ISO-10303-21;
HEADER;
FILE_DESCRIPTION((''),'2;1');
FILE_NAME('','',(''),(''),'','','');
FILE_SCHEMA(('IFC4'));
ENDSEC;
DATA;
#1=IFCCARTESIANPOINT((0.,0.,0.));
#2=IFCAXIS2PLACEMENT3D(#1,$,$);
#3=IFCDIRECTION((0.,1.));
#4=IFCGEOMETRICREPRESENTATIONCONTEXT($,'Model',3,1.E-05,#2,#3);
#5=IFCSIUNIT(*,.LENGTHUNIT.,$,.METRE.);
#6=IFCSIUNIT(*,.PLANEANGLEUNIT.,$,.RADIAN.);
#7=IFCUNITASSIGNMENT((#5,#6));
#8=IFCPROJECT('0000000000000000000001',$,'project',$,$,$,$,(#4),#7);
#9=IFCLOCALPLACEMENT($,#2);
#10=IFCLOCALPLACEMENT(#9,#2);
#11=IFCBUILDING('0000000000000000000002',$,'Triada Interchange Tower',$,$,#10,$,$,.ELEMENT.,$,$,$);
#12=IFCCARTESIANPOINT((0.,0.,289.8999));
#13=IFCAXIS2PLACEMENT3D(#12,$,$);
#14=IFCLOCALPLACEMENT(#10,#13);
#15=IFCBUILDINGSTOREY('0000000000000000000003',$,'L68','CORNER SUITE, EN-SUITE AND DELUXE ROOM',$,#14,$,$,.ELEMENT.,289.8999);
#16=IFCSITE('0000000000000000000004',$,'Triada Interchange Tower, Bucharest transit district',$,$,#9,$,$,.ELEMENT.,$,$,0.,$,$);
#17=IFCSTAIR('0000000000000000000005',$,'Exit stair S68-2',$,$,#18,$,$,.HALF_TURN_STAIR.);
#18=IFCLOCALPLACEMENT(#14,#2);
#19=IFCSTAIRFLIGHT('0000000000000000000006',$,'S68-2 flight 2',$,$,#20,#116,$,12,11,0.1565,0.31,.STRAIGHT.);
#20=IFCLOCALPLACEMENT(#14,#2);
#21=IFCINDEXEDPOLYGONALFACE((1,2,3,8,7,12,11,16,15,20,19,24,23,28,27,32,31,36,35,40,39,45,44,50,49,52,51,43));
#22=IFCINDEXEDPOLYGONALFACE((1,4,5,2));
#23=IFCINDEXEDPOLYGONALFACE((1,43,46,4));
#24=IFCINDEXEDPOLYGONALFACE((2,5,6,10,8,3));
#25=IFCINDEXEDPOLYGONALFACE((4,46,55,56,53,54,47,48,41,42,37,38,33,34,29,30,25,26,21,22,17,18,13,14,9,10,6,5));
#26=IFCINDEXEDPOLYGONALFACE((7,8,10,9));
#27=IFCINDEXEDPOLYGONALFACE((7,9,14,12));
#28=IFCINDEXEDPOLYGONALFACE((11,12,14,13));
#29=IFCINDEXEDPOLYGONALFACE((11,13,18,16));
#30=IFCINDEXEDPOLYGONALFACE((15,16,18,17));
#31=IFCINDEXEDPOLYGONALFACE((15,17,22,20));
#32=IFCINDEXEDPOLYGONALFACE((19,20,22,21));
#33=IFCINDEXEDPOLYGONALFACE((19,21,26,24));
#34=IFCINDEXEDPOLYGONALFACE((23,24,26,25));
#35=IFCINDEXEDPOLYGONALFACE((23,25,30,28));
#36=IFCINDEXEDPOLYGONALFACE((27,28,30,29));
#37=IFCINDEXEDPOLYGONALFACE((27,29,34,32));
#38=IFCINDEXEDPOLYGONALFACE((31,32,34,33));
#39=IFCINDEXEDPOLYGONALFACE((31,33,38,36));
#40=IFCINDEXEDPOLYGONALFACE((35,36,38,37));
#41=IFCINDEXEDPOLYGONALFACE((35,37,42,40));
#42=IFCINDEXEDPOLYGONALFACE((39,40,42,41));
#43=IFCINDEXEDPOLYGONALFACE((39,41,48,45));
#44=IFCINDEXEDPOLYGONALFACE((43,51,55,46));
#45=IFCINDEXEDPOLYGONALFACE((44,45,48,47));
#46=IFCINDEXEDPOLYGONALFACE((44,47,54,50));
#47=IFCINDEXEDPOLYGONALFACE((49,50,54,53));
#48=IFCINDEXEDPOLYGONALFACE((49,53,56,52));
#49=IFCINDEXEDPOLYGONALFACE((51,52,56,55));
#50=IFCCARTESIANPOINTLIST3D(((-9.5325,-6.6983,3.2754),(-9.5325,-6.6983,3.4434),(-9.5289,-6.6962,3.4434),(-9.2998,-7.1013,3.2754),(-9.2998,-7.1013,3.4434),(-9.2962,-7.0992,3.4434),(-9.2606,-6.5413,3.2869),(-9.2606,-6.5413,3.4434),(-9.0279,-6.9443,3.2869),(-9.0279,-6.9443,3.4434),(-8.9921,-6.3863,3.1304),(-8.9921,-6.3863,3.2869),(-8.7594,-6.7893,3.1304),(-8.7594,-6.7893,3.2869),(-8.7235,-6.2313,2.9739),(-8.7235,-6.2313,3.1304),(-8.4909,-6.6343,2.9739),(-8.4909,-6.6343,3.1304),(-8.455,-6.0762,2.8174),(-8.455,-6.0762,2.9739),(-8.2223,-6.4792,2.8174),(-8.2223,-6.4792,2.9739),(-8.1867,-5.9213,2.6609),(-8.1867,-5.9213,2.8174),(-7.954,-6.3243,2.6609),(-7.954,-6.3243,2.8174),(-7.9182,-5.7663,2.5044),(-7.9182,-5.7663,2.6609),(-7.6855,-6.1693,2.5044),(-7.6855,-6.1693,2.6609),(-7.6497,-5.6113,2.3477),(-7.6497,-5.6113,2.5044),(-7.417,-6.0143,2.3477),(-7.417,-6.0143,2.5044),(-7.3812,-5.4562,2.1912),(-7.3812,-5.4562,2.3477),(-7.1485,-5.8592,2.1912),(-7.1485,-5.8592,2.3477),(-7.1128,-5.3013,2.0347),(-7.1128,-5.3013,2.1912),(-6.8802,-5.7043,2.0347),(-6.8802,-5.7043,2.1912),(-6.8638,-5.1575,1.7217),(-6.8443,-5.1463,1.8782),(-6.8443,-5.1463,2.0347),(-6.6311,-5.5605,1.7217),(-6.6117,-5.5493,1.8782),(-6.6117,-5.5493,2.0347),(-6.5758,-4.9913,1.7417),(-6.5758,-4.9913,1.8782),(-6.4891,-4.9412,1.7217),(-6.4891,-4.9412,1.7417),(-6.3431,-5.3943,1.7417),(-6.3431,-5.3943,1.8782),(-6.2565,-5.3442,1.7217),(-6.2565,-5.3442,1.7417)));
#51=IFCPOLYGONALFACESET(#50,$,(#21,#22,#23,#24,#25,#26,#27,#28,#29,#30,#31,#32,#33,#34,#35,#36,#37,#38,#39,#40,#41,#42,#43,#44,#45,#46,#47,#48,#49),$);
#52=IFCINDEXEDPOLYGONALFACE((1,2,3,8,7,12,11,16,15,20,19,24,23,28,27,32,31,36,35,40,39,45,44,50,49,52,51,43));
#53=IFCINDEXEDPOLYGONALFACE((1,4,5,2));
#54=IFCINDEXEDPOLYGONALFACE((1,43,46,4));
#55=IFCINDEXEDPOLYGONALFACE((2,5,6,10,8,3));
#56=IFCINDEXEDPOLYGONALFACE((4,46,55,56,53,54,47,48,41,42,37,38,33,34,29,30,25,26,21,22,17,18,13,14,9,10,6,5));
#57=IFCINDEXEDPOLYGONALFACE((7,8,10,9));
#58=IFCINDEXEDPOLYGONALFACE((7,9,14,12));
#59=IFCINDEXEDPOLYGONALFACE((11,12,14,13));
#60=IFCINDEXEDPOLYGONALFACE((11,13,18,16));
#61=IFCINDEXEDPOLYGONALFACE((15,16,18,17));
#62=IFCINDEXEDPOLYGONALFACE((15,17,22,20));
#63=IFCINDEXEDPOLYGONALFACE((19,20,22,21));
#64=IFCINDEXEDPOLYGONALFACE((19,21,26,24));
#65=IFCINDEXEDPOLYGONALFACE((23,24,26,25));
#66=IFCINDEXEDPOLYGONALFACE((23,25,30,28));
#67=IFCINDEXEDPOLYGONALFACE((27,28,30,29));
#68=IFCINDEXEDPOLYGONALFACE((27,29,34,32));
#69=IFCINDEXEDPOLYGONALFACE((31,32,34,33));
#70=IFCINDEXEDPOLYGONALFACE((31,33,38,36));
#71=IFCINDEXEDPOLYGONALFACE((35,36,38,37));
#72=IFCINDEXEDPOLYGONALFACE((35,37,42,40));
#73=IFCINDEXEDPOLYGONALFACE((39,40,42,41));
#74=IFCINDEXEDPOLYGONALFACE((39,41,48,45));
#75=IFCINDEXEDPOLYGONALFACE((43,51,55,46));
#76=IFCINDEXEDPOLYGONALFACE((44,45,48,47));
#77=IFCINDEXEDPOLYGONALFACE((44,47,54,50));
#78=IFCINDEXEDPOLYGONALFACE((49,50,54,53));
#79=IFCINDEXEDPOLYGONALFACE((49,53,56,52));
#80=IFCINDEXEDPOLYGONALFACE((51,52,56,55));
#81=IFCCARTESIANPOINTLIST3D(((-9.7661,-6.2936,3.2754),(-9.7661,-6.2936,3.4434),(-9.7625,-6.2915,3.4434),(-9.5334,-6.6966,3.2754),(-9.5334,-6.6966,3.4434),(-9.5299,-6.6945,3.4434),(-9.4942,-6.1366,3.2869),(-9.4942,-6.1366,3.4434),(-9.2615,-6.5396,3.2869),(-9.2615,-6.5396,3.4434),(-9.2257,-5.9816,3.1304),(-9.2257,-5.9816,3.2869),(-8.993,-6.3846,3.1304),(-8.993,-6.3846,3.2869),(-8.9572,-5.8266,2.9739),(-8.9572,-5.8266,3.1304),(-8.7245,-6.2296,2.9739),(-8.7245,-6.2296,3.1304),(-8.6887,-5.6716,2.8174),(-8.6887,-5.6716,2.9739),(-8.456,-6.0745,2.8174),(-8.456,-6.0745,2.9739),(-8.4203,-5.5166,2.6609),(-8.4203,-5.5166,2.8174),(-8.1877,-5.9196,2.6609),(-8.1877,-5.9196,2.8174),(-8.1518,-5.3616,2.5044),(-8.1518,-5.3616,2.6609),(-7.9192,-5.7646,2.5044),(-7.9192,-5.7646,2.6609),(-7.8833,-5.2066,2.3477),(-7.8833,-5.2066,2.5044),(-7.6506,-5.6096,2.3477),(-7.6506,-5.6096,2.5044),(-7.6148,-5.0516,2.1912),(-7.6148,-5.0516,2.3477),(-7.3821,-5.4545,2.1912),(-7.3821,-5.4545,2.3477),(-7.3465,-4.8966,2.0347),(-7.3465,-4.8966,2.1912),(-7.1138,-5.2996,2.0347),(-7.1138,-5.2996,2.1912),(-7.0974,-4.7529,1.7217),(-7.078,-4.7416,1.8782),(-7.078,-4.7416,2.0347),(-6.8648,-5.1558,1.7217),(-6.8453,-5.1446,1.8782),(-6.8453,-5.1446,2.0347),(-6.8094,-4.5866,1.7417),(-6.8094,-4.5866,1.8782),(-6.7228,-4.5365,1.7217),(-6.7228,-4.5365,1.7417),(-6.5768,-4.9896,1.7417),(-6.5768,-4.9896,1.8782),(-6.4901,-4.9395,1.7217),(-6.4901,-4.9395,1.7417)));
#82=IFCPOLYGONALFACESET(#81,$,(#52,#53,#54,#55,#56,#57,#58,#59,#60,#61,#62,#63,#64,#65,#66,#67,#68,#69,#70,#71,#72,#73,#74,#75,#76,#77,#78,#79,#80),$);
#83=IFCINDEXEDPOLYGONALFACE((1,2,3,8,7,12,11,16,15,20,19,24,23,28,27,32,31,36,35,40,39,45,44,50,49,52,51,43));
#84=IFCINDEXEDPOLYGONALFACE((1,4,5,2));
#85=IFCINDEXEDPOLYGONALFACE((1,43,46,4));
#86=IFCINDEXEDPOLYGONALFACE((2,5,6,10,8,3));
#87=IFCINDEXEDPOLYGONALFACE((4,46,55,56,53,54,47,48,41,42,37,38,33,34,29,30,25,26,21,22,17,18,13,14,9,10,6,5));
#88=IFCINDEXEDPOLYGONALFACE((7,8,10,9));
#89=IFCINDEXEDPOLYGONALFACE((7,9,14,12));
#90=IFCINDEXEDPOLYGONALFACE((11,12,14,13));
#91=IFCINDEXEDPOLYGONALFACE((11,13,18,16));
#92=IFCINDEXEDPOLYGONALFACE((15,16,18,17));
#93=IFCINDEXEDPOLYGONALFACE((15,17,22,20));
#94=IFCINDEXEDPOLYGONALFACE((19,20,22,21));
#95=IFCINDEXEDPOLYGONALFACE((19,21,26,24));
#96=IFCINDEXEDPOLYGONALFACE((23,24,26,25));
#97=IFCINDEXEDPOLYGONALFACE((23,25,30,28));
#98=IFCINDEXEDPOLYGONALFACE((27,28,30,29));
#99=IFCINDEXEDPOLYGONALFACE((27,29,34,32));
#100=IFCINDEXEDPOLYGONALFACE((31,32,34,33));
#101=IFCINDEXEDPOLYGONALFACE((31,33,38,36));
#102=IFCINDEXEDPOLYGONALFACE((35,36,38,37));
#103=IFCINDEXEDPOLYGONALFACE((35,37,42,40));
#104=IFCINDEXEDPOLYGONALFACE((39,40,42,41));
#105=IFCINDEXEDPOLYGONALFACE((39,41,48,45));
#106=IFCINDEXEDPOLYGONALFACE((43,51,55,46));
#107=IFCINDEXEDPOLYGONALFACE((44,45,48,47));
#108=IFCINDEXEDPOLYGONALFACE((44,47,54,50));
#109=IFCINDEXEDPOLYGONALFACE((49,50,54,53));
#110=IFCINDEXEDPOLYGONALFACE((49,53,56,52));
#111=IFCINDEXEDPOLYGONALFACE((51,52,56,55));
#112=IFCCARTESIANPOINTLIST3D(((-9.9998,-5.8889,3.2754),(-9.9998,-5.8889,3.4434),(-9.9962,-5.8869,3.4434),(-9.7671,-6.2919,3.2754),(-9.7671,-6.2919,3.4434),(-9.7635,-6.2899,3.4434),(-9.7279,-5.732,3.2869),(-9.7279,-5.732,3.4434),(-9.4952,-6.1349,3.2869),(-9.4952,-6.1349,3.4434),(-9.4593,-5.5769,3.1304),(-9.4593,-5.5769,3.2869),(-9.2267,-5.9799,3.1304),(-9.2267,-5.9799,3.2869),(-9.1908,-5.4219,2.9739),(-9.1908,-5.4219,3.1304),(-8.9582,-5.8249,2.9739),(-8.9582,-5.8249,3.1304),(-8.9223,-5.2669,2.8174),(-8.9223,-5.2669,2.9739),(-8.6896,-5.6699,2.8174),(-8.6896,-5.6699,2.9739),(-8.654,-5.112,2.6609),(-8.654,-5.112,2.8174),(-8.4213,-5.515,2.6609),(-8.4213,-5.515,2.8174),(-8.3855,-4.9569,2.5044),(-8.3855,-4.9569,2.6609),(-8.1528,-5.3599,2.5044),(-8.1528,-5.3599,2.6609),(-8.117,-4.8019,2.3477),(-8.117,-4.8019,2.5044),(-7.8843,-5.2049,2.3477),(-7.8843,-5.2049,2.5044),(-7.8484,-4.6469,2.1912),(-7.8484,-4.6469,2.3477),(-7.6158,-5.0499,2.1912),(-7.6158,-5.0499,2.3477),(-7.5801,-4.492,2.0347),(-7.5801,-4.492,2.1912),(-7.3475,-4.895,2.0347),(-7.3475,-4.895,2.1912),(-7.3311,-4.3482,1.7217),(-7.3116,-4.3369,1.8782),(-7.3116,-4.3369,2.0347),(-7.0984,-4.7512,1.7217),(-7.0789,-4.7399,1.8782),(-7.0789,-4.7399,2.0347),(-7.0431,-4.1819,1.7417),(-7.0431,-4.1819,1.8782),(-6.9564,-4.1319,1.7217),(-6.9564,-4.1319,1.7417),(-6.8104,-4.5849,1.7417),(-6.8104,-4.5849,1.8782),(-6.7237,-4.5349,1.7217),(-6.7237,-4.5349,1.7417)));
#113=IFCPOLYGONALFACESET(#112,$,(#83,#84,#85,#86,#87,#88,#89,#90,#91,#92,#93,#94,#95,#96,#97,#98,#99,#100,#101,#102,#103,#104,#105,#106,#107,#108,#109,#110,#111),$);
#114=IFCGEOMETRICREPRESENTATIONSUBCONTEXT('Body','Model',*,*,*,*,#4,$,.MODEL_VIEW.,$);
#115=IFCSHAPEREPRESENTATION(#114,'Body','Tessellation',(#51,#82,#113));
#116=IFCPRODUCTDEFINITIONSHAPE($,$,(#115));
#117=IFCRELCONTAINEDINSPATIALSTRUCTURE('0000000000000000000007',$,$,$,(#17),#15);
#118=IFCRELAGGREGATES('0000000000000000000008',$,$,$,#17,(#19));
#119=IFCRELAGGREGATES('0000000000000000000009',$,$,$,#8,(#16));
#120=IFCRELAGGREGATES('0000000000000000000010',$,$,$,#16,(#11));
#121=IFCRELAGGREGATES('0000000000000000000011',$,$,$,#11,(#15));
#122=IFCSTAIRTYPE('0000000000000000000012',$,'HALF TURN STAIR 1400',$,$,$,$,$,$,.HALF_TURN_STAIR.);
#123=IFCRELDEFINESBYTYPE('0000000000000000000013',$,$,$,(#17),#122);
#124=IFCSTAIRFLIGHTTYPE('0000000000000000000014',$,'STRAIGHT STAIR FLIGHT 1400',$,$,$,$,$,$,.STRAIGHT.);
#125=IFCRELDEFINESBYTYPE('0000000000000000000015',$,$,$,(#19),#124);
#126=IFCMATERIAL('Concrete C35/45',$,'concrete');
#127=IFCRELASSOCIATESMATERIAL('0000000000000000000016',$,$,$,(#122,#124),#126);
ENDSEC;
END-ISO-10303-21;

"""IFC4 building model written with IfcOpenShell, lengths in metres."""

from ifc_helpers import new_model, si_unit, direction, frame, origin, place, context, subcontext, project, spatial, polyline, outline, extrude, material, type_object, element, aggregate, save


model = new_model("IFC4")

# Units and contexts
model_context = context("Model", 3, precision=1e-05, world=origin(), true_north=direction((0.0, 1.0)))
body_context = subcontext(model_context, "Body", "Model", "MODEL_VIEW")
ifc_project = project(units=[si_unit("LENGTHUNIT", "METRE"), si_unit("PLANEANGLEUNIT", "RADIAN")], contexts=[model_context])

# Site, building, storey
site_placement = place(None, origin())
site = spatial("IfcSite", under=ifc_project, at=site_placement, Name="Triada Interchange Tower, Bucharest transit district", CompositionType="ELEMENT", RefElevation=0.0)
building_placement = place(site_placement, origin())
building = spatial("IfcBuilding", under=site, at=building_placement, Name="Triada Interchange Tower", CompositionType="ELEMENT")
storey_placement = place(building_placement, frame((0.0, 0.0, 289.8999)))
storey = spatial("IfcBuildingStorey", under=building, at=storey_placement, Name="L68", Description="CORNER SUITE, EN-SUITE AND DELUXE ROOM", CompositionType="ELEMENT", Elevation=289.8999)

# Stair, stair flight
ifc_material_1 = material(Name="Concrete C35/45", Category="concrete")
stair_type = type_object("IfcStairType", Name="HALF TURN STAIR 1400", PredefinedType="HALF_TURN_STAIR", material=ifc_material_1)
stair_placement = place(storey_placement, origin())
stair = element("IfcStair", 1, at=stair_placement, inside=storey, type_object=stair_type, Name="Exit stair S68-2", PredefinedType="HALF_TURN_STAIR")
stair_flight_type = type_object("IfcStairFlightType", Name="STRAIGHT STAIR FLIGHT 1400", PredefinedType="STRAIGHT", material=ifc_material_1)
stair_flight_1_placement = place(storey_placement, frame((-6.6931, -4.7881, 1.7217), z_axis=(0.0, 0.0, 1.0), x_axis=(-0.866025, -0.5, 0.0)))
stair_flight_1 = element("IfcStairFlight", 2, at=stair_flight_1_placement, type_object=stair_flight_type, Name="S68-2 flight 2", NumberOfRisers=12, NumberOfTreads=11, PredefinedType="STRAIGHT", RiserHeight=0.1565, TreadLength=0.31, context=body_context, shape_type="SweptSolid", body=[
    extrude(outline(polyline([(-0.1001, 0.0), (-0.1001, 0.02), (0.0, 0.02), (0.0, 0.1565), (0.3101, 0.1565), (0.3101, 0.313), (0.6201, 0.313), (0.6201, 0.4695), (0.9299, 0.4695), (0.9299, 0.626), (1.24, 0.626), (1.24, 0.7827), (1.55, 0.7827), (1.55, 0.9392), (1.8601, 0.9392), (1.8601, 1.0957), (2.1699, 1.0957), (2.1699, 1.2522), (2.48, 1.2522), (2.48, 1.4087), (2.79, 1.4087), (2.79, 1.5652), (3.1001, 1.5652), (3.1001, 1.7217), (3.4099, 1.7217), (3.4141, 1.7217), (3.4141, 1.8782), (3.4141, 1.5537), (0.3325, 0.0), (-0.1001, 0.0)])), frame((0.0, 0.7, 0.0), z_axis=(0.0, -1.0, 0.0), x_axis=(1.0, 0.0, 0.0)), (0.0, 0.0, 1.0), 0.4653),
    extrude(outline(polyline([(-0.1001, 0.0), (-0.1001, 0.02), (0.0, 0.02), (0.0, 0.1565), (0.3101, 0.1565), (0.3101, 0.313), (0.6201, 0.313), (0.6201, 0.4695), (0.9299, 0.4695), (0.9299, 0.626), (1.24, 0.626), (1.24, 0.7827), (1.55, 0.7827), (1.55, 0.9392), (1.8601, 0.9392), (1.8601, 1.0957), (2.1699, 1.0957), (2.1699, 1.2522), (2.48, 1.2522), (2.48, 1.4087), (2.79, 1.4087), (2.79, 1.5652), (3.1001, 1.5652), (3.1001, 1.7217), (3.4099, 1.7217), (3.4141, 1.7217), (3.4141, 1.8782), (3.4141, 1.5537), (0.3325, 0.0), (-0.1001, 0.0)])), frame((0.0, 0.2327, 0.0), z_axis=(0.0, -1.0, 0.0), x_axis=(1.0, 0.0, 0.0)), (0.0, 0.0, 1.0), 0.4653),
    extrude(outline(polyline([(-0.1001, 0.0), (-0.1001, 0.02), (0.0, 0.02), (0.0, 0.1565), (0.3101, 0.1565), (0.3101, 0.313), (0.6201, 0.313), (0.6201, 0.4695), (0.9299, 0.4695), (0.9299, 0.626), (1.24, 0.626), (1.24, 0.7827), (1.55, 0.7827), (1.55, 0.9392), (1.8601, 0.9392), (1.8601, 1.0957), (2.1699, 1.0957), (2.1699, 1.2522), (2.48, 1.2522), (2.48, 1.4087), (2.79, 1.4087), (2.79, 1.5652), (3.1001, 1.5652), (3.1001, 1.7217), (3.4099, 1.7217), (3.4141, 1.7217), (3.4141, 1.8782), (3.4141, 1.5537), (0.3325, 0.0), (-0.1001, 0.0)])), frame((0.0, -0.2346, 0.0), z_axis=(0.0, -1.0, 0.0), x_axis=(1.0, 0.0, 0.0)), (0.0, 0.0, 1.0), 0.4653),
])
aggregate(stair, [stair_flight_1])

save(model, "model.ifc")
